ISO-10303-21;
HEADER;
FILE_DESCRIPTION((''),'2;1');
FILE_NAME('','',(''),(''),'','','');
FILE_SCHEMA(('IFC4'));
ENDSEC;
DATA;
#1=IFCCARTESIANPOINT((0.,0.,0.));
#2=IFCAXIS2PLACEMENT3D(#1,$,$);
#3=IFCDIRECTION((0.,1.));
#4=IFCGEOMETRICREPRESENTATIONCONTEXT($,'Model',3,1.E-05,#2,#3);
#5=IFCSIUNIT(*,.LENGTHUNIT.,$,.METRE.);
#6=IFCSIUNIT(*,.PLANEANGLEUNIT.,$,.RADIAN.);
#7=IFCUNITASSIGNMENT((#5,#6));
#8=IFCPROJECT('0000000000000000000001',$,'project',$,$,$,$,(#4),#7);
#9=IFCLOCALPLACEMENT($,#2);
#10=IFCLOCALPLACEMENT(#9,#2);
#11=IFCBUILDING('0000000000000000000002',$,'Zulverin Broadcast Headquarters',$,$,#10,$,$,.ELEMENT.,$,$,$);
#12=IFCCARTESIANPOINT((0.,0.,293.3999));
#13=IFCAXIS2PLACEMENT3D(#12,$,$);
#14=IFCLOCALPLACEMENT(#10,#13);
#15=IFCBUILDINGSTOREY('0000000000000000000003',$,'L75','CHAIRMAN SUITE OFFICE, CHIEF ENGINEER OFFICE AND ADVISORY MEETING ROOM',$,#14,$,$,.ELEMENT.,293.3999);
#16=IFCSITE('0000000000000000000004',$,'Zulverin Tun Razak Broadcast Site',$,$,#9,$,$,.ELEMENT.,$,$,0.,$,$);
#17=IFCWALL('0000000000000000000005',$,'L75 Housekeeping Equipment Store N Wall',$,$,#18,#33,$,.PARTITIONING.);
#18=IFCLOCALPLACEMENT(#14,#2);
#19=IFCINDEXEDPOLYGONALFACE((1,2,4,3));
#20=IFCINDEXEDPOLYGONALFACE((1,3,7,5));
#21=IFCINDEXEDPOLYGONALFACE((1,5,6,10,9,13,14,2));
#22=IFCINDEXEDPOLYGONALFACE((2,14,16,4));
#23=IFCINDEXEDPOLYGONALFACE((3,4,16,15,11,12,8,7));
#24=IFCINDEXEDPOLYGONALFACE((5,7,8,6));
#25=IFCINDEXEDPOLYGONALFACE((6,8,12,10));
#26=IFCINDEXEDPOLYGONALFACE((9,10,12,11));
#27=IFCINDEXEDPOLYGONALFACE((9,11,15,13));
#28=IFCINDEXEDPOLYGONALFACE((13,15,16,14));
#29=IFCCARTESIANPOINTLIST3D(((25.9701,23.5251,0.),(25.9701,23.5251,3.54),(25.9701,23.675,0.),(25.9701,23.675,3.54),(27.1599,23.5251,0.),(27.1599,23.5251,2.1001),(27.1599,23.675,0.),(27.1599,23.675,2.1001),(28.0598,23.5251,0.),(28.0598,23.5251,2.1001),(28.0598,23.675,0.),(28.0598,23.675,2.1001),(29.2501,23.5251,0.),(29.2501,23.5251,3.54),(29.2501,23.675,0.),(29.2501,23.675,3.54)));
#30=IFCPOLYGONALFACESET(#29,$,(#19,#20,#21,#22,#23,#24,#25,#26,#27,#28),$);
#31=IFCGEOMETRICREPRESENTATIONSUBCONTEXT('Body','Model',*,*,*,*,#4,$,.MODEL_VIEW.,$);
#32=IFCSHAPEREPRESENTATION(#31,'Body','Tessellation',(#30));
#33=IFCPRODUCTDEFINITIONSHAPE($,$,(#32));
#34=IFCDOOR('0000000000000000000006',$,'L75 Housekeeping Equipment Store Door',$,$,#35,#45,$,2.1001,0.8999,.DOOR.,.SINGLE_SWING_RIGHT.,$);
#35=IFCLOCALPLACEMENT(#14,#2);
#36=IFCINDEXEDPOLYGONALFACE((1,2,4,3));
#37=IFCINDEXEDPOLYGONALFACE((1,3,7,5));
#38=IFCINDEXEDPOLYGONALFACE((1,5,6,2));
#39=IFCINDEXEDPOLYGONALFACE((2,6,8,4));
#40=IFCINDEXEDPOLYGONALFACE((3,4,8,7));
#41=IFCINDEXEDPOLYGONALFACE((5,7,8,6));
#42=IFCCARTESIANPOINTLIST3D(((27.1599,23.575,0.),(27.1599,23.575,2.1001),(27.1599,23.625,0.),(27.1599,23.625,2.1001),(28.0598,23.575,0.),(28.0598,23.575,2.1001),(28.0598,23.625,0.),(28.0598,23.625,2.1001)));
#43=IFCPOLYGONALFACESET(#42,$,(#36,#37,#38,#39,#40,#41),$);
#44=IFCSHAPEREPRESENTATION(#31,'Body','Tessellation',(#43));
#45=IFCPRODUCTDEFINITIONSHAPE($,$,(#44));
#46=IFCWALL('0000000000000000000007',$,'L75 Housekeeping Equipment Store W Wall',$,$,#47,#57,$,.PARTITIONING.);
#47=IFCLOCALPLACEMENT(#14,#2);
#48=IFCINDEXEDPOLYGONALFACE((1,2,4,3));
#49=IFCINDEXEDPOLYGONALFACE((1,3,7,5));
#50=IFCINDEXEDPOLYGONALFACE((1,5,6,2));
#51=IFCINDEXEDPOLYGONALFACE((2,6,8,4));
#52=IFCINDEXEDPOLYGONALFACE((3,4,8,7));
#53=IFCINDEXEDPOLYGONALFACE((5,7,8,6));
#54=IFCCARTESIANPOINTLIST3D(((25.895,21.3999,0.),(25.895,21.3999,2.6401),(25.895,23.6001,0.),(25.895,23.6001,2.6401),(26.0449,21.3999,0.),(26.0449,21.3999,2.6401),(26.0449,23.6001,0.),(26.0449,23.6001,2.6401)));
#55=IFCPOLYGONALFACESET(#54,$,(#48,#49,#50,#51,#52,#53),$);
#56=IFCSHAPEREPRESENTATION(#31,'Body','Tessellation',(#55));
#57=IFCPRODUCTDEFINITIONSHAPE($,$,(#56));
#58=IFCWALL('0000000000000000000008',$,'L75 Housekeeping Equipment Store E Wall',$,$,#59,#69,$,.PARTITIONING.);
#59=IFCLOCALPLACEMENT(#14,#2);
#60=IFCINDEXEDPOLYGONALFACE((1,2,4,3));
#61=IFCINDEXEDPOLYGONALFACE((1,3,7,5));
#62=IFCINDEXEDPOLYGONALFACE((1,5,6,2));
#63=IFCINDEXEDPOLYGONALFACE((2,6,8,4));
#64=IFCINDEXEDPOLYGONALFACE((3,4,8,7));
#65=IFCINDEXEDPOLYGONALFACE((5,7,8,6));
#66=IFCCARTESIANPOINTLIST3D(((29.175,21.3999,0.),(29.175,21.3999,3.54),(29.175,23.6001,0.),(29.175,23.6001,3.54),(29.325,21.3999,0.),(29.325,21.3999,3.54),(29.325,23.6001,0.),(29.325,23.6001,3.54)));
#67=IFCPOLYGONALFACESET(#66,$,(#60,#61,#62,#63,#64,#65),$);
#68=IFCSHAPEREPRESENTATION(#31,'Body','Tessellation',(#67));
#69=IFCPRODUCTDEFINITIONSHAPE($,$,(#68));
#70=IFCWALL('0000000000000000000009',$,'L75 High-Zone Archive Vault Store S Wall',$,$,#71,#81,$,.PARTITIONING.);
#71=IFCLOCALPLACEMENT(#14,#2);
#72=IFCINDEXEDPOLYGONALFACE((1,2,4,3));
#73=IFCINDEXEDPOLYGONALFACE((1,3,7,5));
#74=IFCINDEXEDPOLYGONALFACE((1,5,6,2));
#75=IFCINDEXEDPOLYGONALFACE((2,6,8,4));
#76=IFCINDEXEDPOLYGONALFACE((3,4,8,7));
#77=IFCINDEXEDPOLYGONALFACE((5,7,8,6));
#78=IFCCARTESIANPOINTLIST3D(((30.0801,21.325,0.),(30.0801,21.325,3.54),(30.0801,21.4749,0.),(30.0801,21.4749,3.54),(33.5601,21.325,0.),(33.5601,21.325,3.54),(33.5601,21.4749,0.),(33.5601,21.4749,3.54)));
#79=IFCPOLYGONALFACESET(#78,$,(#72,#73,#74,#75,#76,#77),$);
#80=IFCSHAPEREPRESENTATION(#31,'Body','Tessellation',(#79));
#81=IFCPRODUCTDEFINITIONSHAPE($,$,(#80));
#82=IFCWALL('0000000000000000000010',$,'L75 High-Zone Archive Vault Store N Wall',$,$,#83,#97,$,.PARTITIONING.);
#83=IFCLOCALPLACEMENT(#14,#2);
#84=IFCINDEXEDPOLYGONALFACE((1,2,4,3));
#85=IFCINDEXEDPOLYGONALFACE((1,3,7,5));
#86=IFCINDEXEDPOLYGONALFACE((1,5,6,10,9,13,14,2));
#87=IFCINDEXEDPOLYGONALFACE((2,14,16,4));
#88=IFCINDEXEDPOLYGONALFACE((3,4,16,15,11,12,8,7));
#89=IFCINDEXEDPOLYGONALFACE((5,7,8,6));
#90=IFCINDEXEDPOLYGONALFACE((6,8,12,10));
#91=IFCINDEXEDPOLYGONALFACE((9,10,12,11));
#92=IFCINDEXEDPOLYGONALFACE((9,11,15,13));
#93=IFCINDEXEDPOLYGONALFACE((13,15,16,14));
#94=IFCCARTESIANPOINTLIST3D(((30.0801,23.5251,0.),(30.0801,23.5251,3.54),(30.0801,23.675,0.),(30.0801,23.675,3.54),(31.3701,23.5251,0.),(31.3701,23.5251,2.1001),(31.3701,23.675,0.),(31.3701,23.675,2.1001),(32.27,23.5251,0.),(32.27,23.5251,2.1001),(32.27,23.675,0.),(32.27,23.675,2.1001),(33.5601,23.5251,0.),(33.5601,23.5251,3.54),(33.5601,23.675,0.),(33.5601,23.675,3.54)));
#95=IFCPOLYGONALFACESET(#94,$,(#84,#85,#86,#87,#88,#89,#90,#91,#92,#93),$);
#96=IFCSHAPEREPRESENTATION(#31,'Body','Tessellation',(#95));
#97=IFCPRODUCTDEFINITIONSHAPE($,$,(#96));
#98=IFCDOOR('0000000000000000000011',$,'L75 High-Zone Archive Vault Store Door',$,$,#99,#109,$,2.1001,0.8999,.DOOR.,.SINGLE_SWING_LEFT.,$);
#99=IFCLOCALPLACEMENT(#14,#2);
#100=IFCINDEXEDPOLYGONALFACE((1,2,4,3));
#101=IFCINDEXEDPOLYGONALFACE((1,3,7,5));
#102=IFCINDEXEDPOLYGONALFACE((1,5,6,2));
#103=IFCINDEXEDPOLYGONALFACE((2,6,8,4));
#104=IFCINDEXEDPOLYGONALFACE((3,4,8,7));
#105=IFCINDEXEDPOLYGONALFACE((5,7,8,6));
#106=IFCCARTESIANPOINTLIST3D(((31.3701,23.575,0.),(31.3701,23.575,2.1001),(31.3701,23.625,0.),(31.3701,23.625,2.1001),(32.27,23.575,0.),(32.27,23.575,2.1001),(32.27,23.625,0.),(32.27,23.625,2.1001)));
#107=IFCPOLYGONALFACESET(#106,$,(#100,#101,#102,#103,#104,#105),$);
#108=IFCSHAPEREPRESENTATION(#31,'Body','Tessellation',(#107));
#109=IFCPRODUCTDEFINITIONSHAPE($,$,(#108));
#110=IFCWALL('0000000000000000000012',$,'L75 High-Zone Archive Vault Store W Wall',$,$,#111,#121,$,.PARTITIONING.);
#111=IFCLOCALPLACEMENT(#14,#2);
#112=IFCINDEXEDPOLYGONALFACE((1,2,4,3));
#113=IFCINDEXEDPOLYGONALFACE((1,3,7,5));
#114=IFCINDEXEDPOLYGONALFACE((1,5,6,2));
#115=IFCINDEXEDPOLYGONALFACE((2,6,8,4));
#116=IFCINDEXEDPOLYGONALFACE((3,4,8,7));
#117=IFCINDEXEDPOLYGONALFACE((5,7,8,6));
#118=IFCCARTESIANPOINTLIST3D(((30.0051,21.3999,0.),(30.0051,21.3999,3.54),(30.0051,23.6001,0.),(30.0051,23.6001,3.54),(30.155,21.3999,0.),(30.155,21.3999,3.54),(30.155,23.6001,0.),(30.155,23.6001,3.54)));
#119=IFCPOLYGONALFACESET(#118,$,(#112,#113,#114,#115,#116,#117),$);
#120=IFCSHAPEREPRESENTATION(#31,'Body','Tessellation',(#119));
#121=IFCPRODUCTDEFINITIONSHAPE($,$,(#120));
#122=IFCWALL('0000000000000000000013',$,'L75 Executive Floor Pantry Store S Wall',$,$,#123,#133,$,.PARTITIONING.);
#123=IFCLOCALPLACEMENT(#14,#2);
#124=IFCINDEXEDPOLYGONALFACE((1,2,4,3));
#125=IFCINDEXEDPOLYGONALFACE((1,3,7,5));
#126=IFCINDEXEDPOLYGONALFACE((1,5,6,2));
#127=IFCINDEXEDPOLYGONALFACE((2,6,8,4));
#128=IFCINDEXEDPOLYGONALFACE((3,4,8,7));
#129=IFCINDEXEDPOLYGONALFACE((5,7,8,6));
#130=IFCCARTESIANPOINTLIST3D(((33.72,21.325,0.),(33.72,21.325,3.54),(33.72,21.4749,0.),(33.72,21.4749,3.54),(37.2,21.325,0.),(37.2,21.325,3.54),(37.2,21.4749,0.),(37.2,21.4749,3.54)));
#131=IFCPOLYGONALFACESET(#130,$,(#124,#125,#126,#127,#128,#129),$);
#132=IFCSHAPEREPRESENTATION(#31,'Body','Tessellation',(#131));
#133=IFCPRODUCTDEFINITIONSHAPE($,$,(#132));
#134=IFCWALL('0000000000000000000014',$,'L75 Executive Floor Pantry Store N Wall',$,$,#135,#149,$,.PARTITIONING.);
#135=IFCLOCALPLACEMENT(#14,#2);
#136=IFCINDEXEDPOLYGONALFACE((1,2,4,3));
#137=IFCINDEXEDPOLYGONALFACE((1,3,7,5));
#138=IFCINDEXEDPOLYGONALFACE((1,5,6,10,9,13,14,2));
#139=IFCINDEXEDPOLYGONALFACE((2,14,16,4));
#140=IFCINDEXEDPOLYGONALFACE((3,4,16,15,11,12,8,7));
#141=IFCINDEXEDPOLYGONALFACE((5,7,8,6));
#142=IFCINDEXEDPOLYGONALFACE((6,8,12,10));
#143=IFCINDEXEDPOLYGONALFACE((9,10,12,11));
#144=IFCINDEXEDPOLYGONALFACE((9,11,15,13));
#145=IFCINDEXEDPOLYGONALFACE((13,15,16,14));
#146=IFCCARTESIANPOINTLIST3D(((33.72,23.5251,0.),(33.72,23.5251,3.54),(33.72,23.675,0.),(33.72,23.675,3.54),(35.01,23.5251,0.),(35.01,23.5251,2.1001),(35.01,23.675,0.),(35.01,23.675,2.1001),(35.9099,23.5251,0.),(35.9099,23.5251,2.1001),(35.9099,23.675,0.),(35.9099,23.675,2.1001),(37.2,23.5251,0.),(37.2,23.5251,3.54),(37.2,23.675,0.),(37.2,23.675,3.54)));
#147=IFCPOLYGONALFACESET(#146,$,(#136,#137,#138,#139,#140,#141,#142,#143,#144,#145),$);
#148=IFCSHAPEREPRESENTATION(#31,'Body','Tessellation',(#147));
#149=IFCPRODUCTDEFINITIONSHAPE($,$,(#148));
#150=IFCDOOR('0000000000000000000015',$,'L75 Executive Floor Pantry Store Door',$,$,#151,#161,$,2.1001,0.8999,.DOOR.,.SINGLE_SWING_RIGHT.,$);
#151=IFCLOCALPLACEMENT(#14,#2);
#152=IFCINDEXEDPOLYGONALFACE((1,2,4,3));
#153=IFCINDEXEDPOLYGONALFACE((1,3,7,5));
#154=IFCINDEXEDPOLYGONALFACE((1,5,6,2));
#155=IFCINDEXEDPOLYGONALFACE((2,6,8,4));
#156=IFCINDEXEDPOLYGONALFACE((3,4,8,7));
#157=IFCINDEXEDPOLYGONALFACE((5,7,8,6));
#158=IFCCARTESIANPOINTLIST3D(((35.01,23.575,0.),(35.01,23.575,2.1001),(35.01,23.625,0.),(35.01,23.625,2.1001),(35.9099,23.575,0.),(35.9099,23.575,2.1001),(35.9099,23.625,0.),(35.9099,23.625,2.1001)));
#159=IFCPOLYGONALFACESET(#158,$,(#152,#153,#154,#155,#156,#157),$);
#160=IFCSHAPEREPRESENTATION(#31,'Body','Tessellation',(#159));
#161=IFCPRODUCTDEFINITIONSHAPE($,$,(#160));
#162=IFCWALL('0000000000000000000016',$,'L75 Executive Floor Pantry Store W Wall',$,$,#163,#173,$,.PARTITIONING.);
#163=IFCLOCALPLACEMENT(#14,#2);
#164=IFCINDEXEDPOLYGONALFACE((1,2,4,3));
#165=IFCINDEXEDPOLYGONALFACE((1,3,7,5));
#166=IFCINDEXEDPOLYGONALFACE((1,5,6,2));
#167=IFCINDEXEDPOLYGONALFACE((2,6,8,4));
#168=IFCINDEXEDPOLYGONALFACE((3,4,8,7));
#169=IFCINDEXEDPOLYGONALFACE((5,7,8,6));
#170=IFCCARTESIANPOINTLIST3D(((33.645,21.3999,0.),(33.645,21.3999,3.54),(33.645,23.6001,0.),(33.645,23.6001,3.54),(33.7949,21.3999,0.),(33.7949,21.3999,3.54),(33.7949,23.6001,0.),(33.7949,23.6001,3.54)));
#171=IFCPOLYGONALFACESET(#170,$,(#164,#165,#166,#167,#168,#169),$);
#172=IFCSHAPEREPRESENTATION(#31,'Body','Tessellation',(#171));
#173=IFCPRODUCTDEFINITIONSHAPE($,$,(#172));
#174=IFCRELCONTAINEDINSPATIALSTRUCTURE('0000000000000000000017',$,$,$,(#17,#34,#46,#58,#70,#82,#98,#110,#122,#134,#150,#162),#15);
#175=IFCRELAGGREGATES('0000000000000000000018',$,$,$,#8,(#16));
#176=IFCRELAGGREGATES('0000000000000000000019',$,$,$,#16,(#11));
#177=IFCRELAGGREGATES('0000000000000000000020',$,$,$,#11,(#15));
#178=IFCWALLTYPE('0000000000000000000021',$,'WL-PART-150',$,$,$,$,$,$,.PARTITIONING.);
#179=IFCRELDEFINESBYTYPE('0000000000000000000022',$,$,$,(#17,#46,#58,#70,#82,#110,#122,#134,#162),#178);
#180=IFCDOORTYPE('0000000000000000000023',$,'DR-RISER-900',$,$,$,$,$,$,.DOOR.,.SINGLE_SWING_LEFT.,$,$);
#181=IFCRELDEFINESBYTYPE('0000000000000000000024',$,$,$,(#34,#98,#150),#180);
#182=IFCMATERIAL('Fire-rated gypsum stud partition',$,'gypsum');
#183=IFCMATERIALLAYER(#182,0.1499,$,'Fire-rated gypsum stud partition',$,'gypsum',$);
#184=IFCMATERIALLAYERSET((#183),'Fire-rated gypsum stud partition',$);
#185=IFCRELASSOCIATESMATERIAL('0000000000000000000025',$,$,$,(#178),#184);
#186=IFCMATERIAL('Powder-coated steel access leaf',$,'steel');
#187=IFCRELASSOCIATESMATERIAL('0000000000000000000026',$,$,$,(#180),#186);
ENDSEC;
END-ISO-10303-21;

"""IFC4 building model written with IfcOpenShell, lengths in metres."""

from ifc_helpers import new_model, si_unit, direction, frame, frame_2d, origin, place, context, subcontext, project, spatial, rectangle, extrude, material, layer, layer_set, type_object, element, fill, save


model = new_model("IFC4")

# Units and contexts
model_context = context("Model", 3, precision=1e-05, world=origin(), true_north=direction((0.0, 1.0)))
body_context = subcontext(model_context, "Body", "Model", "MODEL_VIEW")
ifc_project = project(units=[si_unit("LENGTHUNIT", "METRE"), si_unit("PLANEANGLEUNIT", "RADIAN")], contexts=[model_context])

# Site, building, storey
site_placement = place(None, origin())
site = spatial("IfcSite", under=ifc_project, at=site_placement, Name="Zulverin Tun Razak Broadcast Site", CompositionType="ELEMENT", RefElevation=0.0)
building_placement = place(site_placement, origin())
building = spatial("IfcBuilding", under=site, at=building_placement, Name="Zulverin Broadcast Headquarters", CompositionType="ELEMENT")
storey_placement = place(building_placement, frame((0.0, 0.0, 293.3999)))
storey = spatial("IfcBuildingStorey", under=building, at=storey_placement, Name="L75", Description="CHAIRMAN SUITE OFFICE, CHIEF ENGINEER OFFICE AND ADVISORY MEETING ROOM", CompositionType="ELEMENT", Elevation=293.3999)

# Shared definitions
ifc_material_1 = material(Name="Fire-rated gypsum stud partition", Category="gypsum")
ifc_layer = layer(ifc_material_1, 0.1499, Name="Fire-rated gypsum stud partition", Category="gypsum")
ifc_layer_set = layer_set([ifc_layer], Name="Fire-rated gypsum stud partition")
wall_type = type_object("IfcWallType", Name="WL-PART-150", PredefinedType="PARTITIONING", material=ifc_layer_set)
ifc_material_2 = material(Name="Powder-coated steel access leaf", Category="steel")
door_type_1 = type_object("IfcDoorType", Name="DR-RISER-900", OperationType="SINGLE_SWING_LEFT", PredefinedType="DOOR", material=ifc_material_2)

# Wall, opening, door
wall_1_placement = place(storey_placement, frame((25.97, 23.6001, 0.0), z_axis=(0.0, 0.0, 1.0), x_axis=(1.0, 0.0, 0.0)))
wall_1 = element("IfcWall", 1, at=wall_1_placement, inside=storey, type_object=wall_type, Name="L75 Housekeeping Equipment Store N Wall", PredefinedType="PARTITIONING", context=body_context, shape_type="SweptSolid", body=[
    extrude(rectangle(XDim=3.28, YDim=0.1499, at=frame_2d((1.6401, 0.0))), origin(), (0.0, 0.0, 1.0), 3.54),
])
opening_1_placement = place(wall_1_placement, frame((1.1899, 0.0, 0.0)))
opening_1 = element("IfcOpeningElement", 2, at=opening_1_placement, cuts=wall_1, PredefinedType="OPENING", context=body_context, shape_type="SweptSolid", body=[
    extrude(rectangle(XDim=0.8999, YDim=2.1001, at=frame_2d((0.45, 1.05))), frame((0.0, 0.085, 0.0), z_axis=(0.0, -1.0, 0.0), x_axis=(1.0, 0.0, 0.0)), (0.0, 0.0, 1.0), 0.1699),
])
door_1_placement = place(opening_1_placement, origin())
door_1 = element("IfcDoor", 3, at=door_1_placement, inside=storey, type_object=door_type_1, Name="L75 Housekeeping Equipment Store Door", OperationType="SINGLE_SWING_RIGHT", OverallHeight=2.1001, OverallWidth=0.8999, PredefinedType="DOOR", context=body_context, shape_type="SweptSolid", body=[
    extrude(rectangle(XDim=0.8999, YDim=2.1001, at=frame_2d((0.45, 1.05))), frame((0.0, 0.0249, 0.0), z_axis=(0.0, -1.0, 0.0), x_axis=(1.0, 0.0, 0.0)), (0.0, 0.0, 1.0), 0.05),
])
fill(opening_1, door_1)

# Walls
wall_2_placement = place(storey_placement, frame((25.97, 21.3999, 0.0), z_axis=(0.0, 0.0, 1.0), x_axis=(0.0, 1.0, 0.0)))
element("IfcWall", 4, at=wall_2_placement, inside=storey, type_object=wall_type, Name="L75 Housekeeping Equipment Store W Wall", PredefinedType="PARTITIONING", context=body_context, shape_type="SweptSolid", body=[
    extrude(rectangle(XDim=2.2002, YDim=0.1499, at=frame_2d((1.1001, 0.0))), origin(), (0.0, 0.0, 1.0), 2.6401),
])
wall_3_placement = place(storey_placement, frame((29.25, 21.3999, 0.0), z_axis=(0.0, 0.0, 1.0), x_axis=(0.0, 1.0, 0.0)))
element("IfcWall", 5, at=wall_3_placement, inside=storey, type_object=wall_type, Name="L75 Housekeeping Equipment Store E Wall", PredefinedType="PARTITIONING", context=body_context, shape_type="SweptSolid", body=[
    extrude(rectangle(XDim=2.2002, YDim=0.1499, at=frame_2d((1.1001, 0.0))), origin(), (0.0, 0.0, 1.0), 3.54),
])
wall_4_placement = place(storey_placement, frame((30.0801, 21.3999, 0.0), z_axis=(0.0, 0.0, 1.0), x_axis=(1.0, 0.0, 0.0)))
element("IfcWall", 6, at=wall_4_placement, inside=storey, type_object=wall_type, Name="L75 High-Zone Archive Vault Store S Wall", PredefinedType="PARTITIONING", context=body_context, shape_type="SweptSolid", body=[
    extrude(rectangle(XDim=3.48, YDim=0.1499, at=frame_2d((1.74, 0.0))), origin(), (0.0, 0.0, 1.0), 3.54),
])

# Wall, opening, door
wall_5_placement = place(storey_placement, frame((30.0801, 23.6001, 0.0), z_axis=(0.0, 0.0, 1.0), x_axis=(1.0, 0.0, 0.0)))
wall_5 = element("IfcWall", 7, at=wall_5_placement, inside=storey, type_object=wall_type, Name="L75 High-Zone Archive Vault Store N Wall", PredefinedType="PARTITIONING", context=body_context, shape_type="SweptSolid", body=[
    extrude(rectangle(XDim=3.48, YDim=0.1499, at=frame_2d((1.74, 0.0))), origin(), (0.0, 0.0, 1.0), 3.54),
])
opening_2_placement = place(wall_5_placement, frame((1.29, 0.0, 0.0)))
opening_2 = element("IfcOpeningElement", 8, at=opening_2_placement, cuts=wall_5, PredefinedType="OPENING", context=body_context, shape_type="SweptSolid", body=[
    extrude(rectangle(XDim=0.8999, YDim=2.1001, at=frame_2d((0.45, 1.05))), frame((0.0, 0.085, 0.0), z_axis=(0.0, -1.0, 0.0), x_axis=(1.0, 0.0, 0.0)), (0.0, 0.0, 1.0), 0.1699),
])
door_2_placement = place(opening_2_placement, origin())
door_2 = element("IfcDoor", 9, at=door_2_placement, inside=storey, type_object=door_type_1, Name="L75 High-Zone Archive Vault Store Door", OperationType="SINGLE_SWING_LEFT", OverallHeight=2.1001, OverallWidth=0.8999, PredefinedType="DOOR", context=body_context, shape_type="SweptSolid", body=[
    extrude(rectangle(XDim=0.8999, YDim=2.1001, at=frame_2d((0.45, 1.05))), frame((0.0, 0.0249, 0.0), z_axis=(0.0, -1.0, 0.0), x_axis=(1.0, 0.0, 0.0)), (0.0, 0.0, 1.0), 0.05),
])
fill(opening_2, door_2)

# Walls
wall_6_placement = place(storey_placement, frame((30.0801, 21.3999, 0.0), z_axis=(0.0, 0.0, 1.0), x_axis=(0.0, 1.0, 0.0)))
element("IfcWall", 10, at=wall_6_placement, inside=storey, type_object=wall_type, Name="L75 High-Zone Archive Vault Store W Wall", PredefinedType="PARTITIONING", context=body_context, shape_type="SweptSolid", body=[
    extrude(rectangle(XDim=2.2002, YDim=0.1499, at=frame_2d((1.1001, 0.0))), origin(), (0.0, 0.0, 1.0), 3.54),
])
wall_7_placement = place(storey_placement, frame((33.72, 21.3999, 0.0), z_axis=(0.0, 0.0, 1.0), x_axis=(1.0, 0.0, 0.0)))
element("IfcWall", 11, at=wall_7_placement, inside=storey, type_object=wall_type, Name="L75 Executive Floor Pantry Store S Wall", PredefinedType="PARTITIONING", context=body_context, shape_type="SweptSolid", body=[
    extrude(rectangle(XDim=3.48, YDim=0.1499, at=frame_2d((1.74, 0.0))), origin(), (0.0, 0.0, 1.0), 3.54),
])

# Wall, opening, door
wall_8_placement = place(storey_placement, frame((33.72, 23.6001, 0.0), z_axis=(0.0, 0.0, 1.0), x_axis=(1.0, 0.0, 0.0)))
wall_8 = element("IfcWall", 12, at=wall_8_placement, inside=storey, type_object=wall_type, Name="L75 Executive Floor Pantry Store N Wall", PredefinedType="PARTITIONING", context=body_context, shape_type="SweptSolid", body=[
    extrude(rectangle(XDim=3.48, YDim=0.1499, at=frame_2d((1.74, 0.0))), origin(), (0.0, 0.0, 1.0), 3.54),
])
opening_3_placement = place(wall_8_placement, frame((1.29, 0.0, 0.0)))
opening_3 = element("IfcOpeningElement", 13, at=opening_3_placement, cuts=wall_8, PredefinedType="OPENING", context=body_context, shape_type="SweptSolid", body=[
    extrude(rectangle(XDim=0.8999, YDim=2.1001, at=frame_2d((0.45, 1.05))), frame((0.0, 0.085, 0.0), z_axis=(0.0, -1.0, 0.0), x_axis=(1.0, 0.0, 0.0)), (0.0, 0.0, 1.0), 0.1699),
])
door_3_placement = place(opening_3_placement, origin())
door_3 = element("IfcDoor", 14, at=door_3_placement, inside=storey, type_object=door_type_1, Name="L75 Executive Floor Pantry Store Door", OperationType="SINGLE_SWING_RIGHT", OverallHeight=2.1001, OverallWidth=0.8999, PredefinedType="DOOR", context=body_context, shape_type="SweptSolid", body=[
    extrude(rectangle(XDim=0.8999, YDim=2.1001, at=frame_2d((0.45, 1.05))), frame((0.0, 0.0249, 0.0), z_axis=(0.0, -1.0, 0.0), x_axis=(1.0, 0.0, 0.0)), (0.0, 0.0, 1.0), 0.05),
])
fill(opening_3, door_3)

# Wall
wall_9_placement = place(storey_placement, frame((33.72, 21.3999, 0.0), z_axis=(0.0, 0.0, 1.0), x_axis=(0.0, 1.0, 0.0)))
element("IfcWall", 15, at=wall_9_placement, inside=storey, type_object=wall_type, Name="L75 Executive Floor Pantry Store W Wall", PredefinedType="PARTITIONING", context=body_context, shape_type="SweptSolid", body=[
    extrude(rectangle(XDim=2.2002, YDim=0.1499, at=frame_2d((1.1001, 0.0))), origin(), (0.0, 0.0, 1.0), 3.54),
])

save(model, "model.ifc")
